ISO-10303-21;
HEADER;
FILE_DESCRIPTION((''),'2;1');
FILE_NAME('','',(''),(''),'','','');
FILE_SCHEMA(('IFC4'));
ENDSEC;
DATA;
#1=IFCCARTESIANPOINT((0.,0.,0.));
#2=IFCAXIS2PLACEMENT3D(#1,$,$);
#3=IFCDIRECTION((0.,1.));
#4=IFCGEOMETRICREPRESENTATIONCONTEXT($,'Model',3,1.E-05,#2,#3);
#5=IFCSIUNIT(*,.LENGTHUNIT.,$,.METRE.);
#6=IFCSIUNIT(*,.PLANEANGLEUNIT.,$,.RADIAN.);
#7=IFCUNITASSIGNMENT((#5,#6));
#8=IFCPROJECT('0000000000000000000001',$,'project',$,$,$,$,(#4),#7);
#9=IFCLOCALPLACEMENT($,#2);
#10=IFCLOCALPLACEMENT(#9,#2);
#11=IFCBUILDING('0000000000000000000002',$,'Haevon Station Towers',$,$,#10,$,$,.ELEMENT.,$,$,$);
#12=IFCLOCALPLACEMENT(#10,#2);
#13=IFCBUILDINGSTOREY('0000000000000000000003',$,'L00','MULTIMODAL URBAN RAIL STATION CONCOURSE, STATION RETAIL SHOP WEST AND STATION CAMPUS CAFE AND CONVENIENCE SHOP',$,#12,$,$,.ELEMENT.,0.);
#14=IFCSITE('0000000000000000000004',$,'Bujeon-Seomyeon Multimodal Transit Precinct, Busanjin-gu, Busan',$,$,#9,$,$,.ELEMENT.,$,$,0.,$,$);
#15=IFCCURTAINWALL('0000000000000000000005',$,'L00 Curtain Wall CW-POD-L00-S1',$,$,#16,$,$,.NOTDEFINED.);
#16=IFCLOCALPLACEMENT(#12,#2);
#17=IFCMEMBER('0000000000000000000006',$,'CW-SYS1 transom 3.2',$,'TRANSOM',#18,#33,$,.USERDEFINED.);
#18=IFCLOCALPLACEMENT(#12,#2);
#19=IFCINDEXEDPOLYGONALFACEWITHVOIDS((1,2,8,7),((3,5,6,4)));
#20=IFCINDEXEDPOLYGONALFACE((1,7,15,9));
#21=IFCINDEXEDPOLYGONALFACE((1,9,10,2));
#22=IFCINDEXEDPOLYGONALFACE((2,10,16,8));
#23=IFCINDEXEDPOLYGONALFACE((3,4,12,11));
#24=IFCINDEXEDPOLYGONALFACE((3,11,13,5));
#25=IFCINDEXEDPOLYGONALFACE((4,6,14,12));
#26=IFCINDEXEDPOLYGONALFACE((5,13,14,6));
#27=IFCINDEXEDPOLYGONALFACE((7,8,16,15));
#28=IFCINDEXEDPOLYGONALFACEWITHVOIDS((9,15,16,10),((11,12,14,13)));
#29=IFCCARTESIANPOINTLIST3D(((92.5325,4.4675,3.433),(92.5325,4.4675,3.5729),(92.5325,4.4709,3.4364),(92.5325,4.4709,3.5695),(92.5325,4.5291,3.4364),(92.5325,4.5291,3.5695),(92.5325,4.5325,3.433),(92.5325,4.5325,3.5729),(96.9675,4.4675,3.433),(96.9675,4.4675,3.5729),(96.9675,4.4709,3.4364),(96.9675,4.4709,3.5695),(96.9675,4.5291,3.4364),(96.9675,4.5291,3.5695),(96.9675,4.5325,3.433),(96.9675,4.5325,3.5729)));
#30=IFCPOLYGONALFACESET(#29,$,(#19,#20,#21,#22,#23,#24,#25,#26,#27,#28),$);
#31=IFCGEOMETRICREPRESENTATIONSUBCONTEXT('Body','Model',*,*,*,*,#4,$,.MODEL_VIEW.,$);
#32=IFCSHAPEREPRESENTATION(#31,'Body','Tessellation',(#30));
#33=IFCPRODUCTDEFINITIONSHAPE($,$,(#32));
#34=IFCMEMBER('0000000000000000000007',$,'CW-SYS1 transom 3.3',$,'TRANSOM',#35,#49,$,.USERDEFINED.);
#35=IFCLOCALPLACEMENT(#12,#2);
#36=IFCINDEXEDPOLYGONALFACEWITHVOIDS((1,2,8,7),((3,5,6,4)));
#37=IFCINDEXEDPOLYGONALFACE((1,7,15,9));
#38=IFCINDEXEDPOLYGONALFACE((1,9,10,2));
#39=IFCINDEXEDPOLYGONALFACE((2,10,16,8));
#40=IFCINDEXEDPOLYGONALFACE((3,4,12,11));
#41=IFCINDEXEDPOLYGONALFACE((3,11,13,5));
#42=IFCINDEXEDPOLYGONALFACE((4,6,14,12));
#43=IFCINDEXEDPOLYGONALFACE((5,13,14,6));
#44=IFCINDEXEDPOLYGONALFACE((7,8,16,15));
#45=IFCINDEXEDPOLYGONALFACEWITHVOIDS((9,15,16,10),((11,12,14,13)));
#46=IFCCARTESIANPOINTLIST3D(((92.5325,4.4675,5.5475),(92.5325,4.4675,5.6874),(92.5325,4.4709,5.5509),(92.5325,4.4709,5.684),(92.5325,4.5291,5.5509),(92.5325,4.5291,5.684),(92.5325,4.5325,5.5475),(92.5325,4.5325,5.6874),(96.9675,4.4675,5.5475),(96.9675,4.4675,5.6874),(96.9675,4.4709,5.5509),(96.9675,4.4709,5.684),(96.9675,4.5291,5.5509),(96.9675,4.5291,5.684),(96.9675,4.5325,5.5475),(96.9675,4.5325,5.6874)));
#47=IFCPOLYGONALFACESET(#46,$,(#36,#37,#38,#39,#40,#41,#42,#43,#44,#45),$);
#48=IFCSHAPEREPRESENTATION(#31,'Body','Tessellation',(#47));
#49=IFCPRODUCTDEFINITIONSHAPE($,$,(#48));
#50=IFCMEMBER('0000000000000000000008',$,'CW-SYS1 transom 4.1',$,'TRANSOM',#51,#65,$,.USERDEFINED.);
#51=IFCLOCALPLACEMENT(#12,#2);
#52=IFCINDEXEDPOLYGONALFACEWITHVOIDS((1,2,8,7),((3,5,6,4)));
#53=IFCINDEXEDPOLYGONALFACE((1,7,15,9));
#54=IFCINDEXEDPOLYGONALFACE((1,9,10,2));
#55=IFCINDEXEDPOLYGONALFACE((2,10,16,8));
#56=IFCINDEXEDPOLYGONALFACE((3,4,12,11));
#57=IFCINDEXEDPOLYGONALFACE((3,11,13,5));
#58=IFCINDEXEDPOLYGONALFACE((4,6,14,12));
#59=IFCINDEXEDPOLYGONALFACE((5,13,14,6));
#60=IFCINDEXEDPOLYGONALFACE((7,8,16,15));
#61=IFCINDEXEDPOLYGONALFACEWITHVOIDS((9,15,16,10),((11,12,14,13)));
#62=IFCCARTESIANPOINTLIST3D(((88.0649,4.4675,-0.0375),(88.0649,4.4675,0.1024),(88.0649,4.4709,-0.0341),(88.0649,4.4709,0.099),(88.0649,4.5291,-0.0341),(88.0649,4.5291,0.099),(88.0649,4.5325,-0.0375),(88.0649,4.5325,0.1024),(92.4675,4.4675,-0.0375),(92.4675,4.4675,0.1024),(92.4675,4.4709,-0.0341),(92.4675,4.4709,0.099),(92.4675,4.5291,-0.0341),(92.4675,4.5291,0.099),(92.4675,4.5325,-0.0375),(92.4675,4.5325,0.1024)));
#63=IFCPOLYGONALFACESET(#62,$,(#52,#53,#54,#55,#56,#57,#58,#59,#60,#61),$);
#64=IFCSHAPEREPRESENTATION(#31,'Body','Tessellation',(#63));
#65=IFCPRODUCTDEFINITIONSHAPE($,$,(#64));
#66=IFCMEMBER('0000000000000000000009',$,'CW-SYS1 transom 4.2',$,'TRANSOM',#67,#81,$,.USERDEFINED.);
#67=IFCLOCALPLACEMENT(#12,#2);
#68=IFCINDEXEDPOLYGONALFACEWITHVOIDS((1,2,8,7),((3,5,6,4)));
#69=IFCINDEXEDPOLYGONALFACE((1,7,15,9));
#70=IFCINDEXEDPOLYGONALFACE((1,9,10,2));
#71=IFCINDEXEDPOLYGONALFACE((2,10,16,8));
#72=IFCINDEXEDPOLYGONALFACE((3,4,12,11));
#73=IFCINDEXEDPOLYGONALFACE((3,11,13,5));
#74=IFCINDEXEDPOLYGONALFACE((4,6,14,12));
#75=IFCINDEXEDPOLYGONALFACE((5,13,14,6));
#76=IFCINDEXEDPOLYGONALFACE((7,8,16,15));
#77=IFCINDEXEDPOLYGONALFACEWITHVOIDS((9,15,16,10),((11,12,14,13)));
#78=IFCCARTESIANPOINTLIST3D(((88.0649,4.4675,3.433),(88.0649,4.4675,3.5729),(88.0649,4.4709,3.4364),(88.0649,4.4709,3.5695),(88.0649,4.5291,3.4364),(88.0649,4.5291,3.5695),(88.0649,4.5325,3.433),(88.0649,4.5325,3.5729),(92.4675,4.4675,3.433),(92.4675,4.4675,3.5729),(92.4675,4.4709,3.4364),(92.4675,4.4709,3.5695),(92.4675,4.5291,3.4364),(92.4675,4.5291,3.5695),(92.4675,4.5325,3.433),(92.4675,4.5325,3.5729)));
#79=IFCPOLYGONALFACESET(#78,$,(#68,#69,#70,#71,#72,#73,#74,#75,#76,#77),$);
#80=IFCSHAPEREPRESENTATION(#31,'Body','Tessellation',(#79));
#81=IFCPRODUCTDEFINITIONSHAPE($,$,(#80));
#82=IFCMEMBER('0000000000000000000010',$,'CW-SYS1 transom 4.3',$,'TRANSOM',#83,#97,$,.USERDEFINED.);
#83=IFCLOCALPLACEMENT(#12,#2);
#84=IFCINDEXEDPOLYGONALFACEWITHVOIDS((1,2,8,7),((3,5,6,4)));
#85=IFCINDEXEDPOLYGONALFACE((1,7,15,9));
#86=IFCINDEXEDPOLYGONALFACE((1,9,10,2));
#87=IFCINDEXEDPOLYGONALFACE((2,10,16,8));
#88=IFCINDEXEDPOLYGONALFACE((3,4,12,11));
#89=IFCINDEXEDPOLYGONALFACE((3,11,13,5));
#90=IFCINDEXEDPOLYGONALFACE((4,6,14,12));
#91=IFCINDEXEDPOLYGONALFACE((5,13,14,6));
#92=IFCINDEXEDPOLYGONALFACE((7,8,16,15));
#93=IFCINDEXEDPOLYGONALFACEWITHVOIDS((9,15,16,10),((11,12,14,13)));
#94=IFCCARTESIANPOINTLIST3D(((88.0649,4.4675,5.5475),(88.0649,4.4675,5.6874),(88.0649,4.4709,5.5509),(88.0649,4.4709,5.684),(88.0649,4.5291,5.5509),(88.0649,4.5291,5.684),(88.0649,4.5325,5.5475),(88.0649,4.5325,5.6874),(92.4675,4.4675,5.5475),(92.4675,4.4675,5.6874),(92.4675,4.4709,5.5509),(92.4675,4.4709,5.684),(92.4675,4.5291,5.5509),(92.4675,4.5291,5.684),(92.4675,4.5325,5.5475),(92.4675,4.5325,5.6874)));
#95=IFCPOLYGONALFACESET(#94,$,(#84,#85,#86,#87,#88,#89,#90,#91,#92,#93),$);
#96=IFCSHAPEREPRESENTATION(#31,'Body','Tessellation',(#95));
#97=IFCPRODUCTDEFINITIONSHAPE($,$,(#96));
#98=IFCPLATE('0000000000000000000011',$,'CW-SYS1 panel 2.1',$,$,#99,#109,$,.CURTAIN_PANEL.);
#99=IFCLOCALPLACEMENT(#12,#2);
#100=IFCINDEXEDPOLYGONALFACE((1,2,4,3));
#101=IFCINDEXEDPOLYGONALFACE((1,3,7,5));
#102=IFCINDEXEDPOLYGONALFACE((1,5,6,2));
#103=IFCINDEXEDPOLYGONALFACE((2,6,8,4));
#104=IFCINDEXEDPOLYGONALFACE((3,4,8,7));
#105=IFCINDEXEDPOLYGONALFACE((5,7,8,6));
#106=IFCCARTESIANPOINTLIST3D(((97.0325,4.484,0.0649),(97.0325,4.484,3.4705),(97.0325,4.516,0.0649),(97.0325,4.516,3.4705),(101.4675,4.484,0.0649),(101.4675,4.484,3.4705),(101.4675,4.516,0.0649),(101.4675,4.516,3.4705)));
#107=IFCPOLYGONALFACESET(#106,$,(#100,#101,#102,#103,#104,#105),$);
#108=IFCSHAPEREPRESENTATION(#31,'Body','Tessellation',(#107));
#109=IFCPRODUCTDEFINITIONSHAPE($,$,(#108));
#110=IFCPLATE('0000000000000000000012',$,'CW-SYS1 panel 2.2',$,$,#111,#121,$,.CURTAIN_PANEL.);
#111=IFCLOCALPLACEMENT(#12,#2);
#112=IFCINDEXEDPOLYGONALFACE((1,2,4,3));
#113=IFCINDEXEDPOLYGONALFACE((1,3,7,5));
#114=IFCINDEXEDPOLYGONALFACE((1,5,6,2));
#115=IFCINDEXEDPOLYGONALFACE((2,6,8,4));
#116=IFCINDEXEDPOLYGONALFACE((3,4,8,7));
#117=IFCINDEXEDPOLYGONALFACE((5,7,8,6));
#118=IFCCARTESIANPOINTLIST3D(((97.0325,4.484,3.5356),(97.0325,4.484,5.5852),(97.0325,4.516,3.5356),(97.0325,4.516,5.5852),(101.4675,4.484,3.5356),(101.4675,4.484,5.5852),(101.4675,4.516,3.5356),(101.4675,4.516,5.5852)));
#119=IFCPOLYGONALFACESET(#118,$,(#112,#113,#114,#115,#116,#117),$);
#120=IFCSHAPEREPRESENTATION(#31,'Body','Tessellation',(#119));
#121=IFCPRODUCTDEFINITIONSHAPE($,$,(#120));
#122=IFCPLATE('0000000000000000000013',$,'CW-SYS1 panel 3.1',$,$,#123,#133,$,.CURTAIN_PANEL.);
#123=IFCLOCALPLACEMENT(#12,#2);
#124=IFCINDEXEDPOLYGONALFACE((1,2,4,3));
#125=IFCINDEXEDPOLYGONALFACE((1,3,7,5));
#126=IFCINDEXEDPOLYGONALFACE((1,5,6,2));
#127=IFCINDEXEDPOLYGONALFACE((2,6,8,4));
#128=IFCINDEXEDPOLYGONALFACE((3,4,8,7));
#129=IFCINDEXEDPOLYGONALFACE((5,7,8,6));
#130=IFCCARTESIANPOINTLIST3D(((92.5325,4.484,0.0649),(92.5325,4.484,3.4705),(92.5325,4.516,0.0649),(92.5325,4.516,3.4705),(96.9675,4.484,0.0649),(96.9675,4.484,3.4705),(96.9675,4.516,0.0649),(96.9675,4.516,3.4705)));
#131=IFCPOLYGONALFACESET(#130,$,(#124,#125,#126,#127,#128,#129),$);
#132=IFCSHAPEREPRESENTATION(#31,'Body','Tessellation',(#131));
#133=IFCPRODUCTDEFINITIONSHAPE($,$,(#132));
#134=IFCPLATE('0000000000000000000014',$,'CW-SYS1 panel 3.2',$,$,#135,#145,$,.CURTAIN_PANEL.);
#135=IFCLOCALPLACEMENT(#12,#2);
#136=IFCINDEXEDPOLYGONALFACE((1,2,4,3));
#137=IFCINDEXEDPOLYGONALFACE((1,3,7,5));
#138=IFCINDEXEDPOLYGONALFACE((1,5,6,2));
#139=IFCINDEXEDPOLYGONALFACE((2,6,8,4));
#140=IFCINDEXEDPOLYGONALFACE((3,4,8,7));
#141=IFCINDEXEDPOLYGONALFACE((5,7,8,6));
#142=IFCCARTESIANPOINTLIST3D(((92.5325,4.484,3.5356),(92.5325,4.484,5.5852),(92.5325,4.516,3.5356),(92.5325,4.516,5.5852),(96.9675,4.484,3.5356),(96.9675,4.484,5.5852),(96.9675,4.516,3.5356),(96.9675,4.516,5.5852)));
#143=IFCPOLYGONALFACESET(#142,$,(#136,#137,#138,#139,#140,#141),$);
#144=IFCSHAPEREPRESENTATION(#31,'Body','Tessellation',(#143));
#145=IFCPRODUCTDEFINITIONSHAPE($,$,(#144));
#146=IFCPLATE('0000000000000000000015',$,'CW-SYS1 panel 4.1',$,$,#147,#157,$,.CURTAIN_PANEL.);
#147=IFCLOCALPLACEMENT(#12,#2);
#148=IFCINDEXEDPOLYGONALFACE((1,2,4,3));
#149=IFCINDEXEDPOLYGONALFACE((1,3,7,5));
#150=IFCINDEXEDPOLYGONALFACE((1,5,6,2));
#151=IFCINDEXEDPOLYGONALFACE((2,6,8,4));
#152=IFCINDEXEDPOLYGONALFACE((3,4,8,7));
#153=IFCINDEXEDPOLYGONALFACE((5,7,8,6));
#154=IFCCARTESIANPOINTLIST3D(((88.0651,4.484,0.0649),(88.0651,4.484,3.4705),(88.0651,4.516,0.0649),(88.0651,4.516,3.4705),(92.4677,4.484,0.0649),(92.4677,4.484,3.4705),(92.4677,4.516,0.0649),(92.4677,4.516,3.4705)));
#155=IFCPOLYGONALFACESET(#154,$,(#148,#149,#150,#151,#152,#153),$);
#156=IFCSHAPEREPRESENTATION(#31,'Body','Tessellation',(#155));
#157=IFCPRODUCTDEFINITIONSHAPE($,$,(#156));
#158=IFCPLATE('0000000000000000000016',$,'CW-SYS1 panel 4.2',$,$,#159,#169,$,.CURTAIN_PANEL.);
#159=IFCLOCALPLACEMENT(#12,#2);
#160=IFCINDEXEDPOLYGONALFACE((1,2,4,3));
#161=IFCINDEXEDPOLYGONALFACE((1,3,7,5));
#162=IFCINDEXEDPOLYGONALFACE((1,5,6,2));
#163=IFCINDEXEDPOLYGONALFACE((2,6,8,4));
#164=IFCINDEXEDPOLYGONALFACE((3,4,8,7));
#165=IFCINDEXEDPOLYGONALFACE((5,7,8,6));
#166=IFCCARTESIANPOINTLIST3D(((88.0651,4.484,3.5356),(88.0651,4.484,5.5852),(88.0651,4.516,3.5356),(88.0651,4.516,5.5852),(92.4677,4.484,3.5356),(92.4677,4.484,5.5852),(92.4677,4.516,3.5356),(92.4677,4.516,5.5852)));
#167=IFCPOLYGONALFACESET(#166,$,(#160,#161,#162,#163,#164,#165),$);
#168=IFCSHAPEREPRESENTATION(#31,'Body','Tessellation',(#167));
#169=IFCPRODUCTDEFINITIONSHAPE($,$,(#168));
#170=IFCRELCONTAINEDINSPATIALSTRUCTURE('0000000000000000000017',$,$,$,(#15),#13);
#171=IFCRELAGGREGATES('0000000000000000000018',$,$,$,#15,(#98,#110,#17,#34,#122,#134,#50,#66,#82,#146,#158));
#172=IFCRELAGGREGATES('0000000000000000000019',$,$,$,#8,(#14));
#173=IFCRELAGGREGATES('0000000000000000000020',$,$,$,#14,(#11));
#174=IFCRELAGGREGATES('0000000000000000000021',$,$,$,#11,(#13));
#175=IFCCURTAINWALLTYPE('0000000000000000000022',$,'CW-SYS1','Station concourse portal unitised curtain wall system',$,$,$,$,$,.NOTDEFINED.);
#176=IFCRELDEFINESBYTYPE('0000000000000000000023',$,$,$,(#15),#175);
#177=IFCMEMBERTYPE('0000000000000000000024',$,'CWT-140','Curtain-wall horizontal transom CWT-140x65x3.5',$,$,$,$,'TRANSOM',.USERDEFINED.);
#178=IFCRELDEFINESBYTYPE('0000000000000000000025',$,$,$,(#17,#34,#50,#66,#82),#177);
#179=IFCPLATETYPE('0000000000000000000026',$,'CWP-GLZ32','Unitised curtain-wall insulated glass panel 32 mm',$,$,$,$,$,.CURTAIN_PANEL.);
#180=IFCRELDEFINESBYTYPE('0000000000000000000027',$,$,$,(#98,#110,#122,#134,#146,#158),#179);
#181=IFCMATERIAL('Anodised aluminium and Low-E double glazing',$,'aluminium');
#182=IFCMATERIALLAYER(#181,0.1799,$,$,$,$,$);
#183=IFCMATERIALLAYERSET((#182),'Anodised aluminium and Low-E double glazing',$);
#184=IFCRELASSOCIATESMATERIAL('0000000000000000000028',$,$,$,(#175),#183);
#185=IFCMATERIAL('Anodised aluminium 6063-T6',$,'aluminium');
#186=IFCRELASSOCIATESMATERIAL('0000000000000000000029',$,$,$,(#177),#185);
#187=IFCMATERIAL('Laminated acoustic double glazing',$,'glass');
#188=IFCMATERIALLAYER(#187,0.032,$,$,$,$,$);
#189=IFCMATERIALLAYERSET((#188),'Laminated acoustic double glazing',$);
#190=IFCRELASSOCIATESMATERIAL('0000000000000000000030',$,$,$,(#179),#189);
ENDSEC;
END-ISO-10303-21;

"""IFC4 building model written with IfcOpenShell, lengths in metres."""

from ifc_helpers import new_model, si_unit, direction, frame, origin, origin_2d, place, context, subcontext, project, spatial, rectangle, hollow_rectangle, extrude, material, layer, layer_set, material_profile, profile_set, type_object, element, aggregate, save


model = new_model("IFC4")

# Units and contexts
model_context = context("Model", 3, precision=1e-05, world=origin(), true_north=direction((0.0, 1.0)))
body_context = subcontext(model_context, "Body", "Model", "MODEL_VIEW")
ifc_project = project(units=[si_unit("LENGTHUNIT", "METRE"), si_unit("PLANEANGLEUNIT", "RADIAN")], contexts=[model_context])

# Site, building, storey
site_placement = place(None, origin())
site = spatial("IfcSite", under=ifc_project, at=site_placement, Name="Bujeon-Seomyeon Multimodal Transit Precinct, Busanjin-gu, Busan", CompositionType="ELEMENT", RefElevation=0.0)
building_placement = place(site_placement, origin())
building = spatial("IfcBuilding", under=site, at=building_placement, Name="Haevon Station Towers", CompositionType="ELEMENT")
storey_placement = place(building_placement, origin())
storey = spatial("IfcBuildingStorey", under=building, at=storey_placement, Name="L00", Description="MULTIMODAL URBAN RAIL STATION CONCOURSE, STATION RETAIL SHOP WEST AND STATION CAMPUS CAFE AND CONVENIENCE SHOP", CompositionType="ELEMENT", Elevation=0.0)

# Curtain wall, members, plates
ifc_material_1 = material(Name="Anodised aluminium and Low-E double glazing", Category="aluminium")
ifc_layer_1 = layer(ifc_material_1, 0.1799)
ifc_layer_set_1 = layer_set([ifc_layer_1], Name="Anodised aluminium and Low-E double glazing")
curtain_wall_type = type_object("IfcCurtainWallType", Name="CW-SYS1", Description="Station concourse portal unitised curtain wall system", PredefinedType="NOTDEFINED", material=ifc_layer_set_1)
curtain_wall_placement = place(storey_placement, origin())
curtain_wall = element("IfcCurtainWall", 1, at=curtain_wall_placement, inside=storey, type_object=curtain_wall_type, Name="L00 Curtain Wall CW-POD-L00-S1", PredefinedType="NOTDEFINED")
ifc_material_2 = material(Name="Anodised aluminium 6063-T6", Category="aluminium")
ifc_material_profile_1 = material_profile(ifc_material_2, hollow_rectangle(XDim=0.0649, YDim=0.1399, WallThickness=0.0034, at=origin_2d()), Name="CWT-140x65x3.5")
ifc_profile_set_1 = profile_set([ifc_material_profile_1], Name="Anodised aluminium 6063-T6")
member_type_1 = type_object("IfcMemberType", Name="CWT-140", Description="Curtain-wall horizontal transom CWT-140x65x3.5", ElementType="TRANSOM", PredefinedType="USERDEFINED", material=ifc_profile_set_1)
member_1_placement = place(storey_placement, frame((96.9675, 4.5, 3.5029), z_axis=(-1.0, 0.0, 0.0), x_axis=(0.0, -1.0, 0.0)))
member_1 = element("IfcMember", 2, at=member_1_placement, type_object=member_type_1, Name="CW-SYS1 transom 3.2", ObjectType="TRANSOM", PredefinedType="USERDEFINED", context=body_context, shape_type="SweptSolid", body=[
    extrude(hollow_rectangle(XDim=0.0649, YDim=0.1399, WallThickness=0.0034, at=origin_2d()), origin(), (0.0, 0.0, 1.0), 4.4351),
])
member_2_placement = place(storey_placement, frame((96.9675, 4.5, 5.6174), z_axis=(-1.0, 0.0, 0.0), x_axis=(0.0, -1.0, 0.0)))
member_2 = element("IfcMember", 3, at=member_2_placement, type_object=member_type_1, Name="CW-SYS1 transom 3.3", ObjectType="TRANSOM", PredefinedType="USERDEFINED", context=body_context, shape_type="SweptSolid", body=[
    extrude(hollow_rectangle(XDim=0.0649, YDim=0.1399, WallThickness=0.0034, at=origin_2d()), origin(), (0.0, 0.0, 1.0), 4.4351),
])
member_3_placement = place(storey_placement, frame((92.4675, 4.5, 0.0325), z_axis=(-1.0, 0.0, 0.0), x_axis=(0.0, -1.0, 0.0)))
member_3 = element("IfcMember", 4, at=member_3_placement, type_object=member_type_1, Name="CW-SYS1 transom 4.1", ObjectType="TRANSOM", PredefinedType="USERDEFINED", context=body_context, shape_type="SweptSolid", body=[
    extrude(hollow_rectangle(XDim=0.0649, YDim=0.1399, WallThickness=0.0034, at=origin_2d()), origin(), (0.0, 0.0, 1.0), 4.4026),
])
member_4_placement = place(storey_placement, frame((92.4675, 4.5, 3.5029), z_axis=(-1.0, 0.0, 0.0), x_axis=(0.0, -1.0, 0.0)))
member_4 = element("IfcMember", 5, at=member_4_placement, type_object=member_type_1, Name="CW-SYS1 transom 4.2", ObjectType="TRANSOM", PredefinedType="USERDEFINED", context=body_context, shape_type="SweptSolid", body=[
    extrude(hollow_rectangle(XDim=0.0649, YDim=0.1399, WallThickness=0.0034, at=origin_2d()), origin(), (0.0, 0.0, 1.0), 4.4026),
])
member_5_placement = place(storey_placement, frame((92.4675, 4.5, 5.6174), z_axis=(-1.0, 0.0, 0.0), x_axis=(0.0, -1.0, 0.0)))
member_5 = element("IfcMember", 6, at=member_5_placement, type_object=member_type_1, Name="CW-SYS1 transom 4.3", ObjectType="TRANSOM", PredefinedType="USERDEFINED", context=body_context, shape_type="SweptSolid", body=[
    extrude(hollow_rectangle(XDim=0.0649, YDim=0.1399, WallThickness=0.0034, at=origin_2d()), origin(), (0.0, 0.0, 1.0), 4.4026),
])
ifc_material_3 = material(Name="Laminated acoustic double glazing", Category="glass")
ifc_layer_2 = layer(ifc_material_3, 0.032)
ifc_layer_set_2 = layer_set([ifc_layer_2], Name="Laminated acoustic double glazing")
plate_type = type_object("IfcPlateType", Name="CWP-GLZ32", Description="Unitised curtain-wall insulated glass panel 32 mm", PredefinedType="CURTAIN_PANEL", material=ifc_layer_set_2)
plate_1_placement = place(storey_placement, frame((99.25, 4.5, 0.0649), z_axis=(0.0, 0.0, 1.0), x_axis=(-1.0, 0.0, 0.0)))
plate_1 = element("IfcPlate", 7, at=plate_1_placement, type_object=plate_type, Name="CW-SYS1 panel 2.1", PredefinedType="CURTAIN_PANEL", context=body_context, shape_type="SweptSolid", body=[
    extrude(rectangle(XDim=4.4351, YDim=0.032, at=origin_2d()), origin(), (0.0, 0.0, 1.0), 3.4055),
])
plate_2_placement = place(storey_placement, frame((99.25, 4.5, 3.5356), z_axis=(0.0, 0.0, 1.0), x_axis=(-1.0, 0.0, 0.0)))
plate_2 = element("IfcPlate", 8, at=plate_2_placement, type_object=plate_type, Name="CW-SYS1 panel 2.2", PredefinedType="CURTAIN_PANEL", context=body_context, shape_type="SweptSolid", body=[
    extrude(rectangle(XDim=4.4351, YDim=0.032, at=origin_2d()), origin(), (0.0, 0.0, 1.0), 2.0496),
])
plate_3_placement = place(storey_placement, frame((94.75, 4.5, 0.0649), z_axis=(0.0, 0.0, 1.0), x_axis=(-1.0, 0.0, 0.0)))
plate_3 = element("IfcPlate", 9, at=plate_3_placement, type_object=plate_type, Name="CW-SYS1 panel 3.1", PredefinedType="CURTAIN_PANEL", context=body_context, shape_type="SweptSolid", body=[
    extrude(rectangle(XDim=4.4351, YDim=0.032, at=origin_2d()), origin(), (0.0, 0.0, 1.0), 3.4055),
])
plate_4_placement = place(storey_placement, frame((94.75, 4.5, 3.5356), z_axis=(0.0, 0.0, 1.0), x_axis=(-1.0, 0.0, 0.0)))
plate_4 = element("IfcPlate", 10, at=plate_4_placement, type_object=plate_type, Name="CW-SYS1 panel 3.2", PredefinedType="CURTAIN_PANEL", context=body_context, shape_type="SweptSolid", body=[
    extrude(rectangle(XDim=4.4351, YDim=0.032, at=origin_2d()), origin(), (0.0, 0.0, 1.0), 2.0496),
])
plate_5_placement = place(storey_placement, frame((90.2664, 4.5, 0.0649), z_axis=(0.0, 0.0, 1.0), x_axis=(-1.0, 0.0, 0.0)))
plate_5 = element("IfcPlate", 11, at=plate_5_placement, type_object=plate_type, Name="CW-SYS1 panel 4.1", PredefinedType="CURTAIN_PANEL", context=body_context, shape_type="SweptSolid", body=[
    extrude(rectangle(XDim=4.4026, YDim=0.032, at=origin_2d()), origin(), (0.0, 0.0, 1.0), 3.4055),
])
plate_6_placement = place(storey_placement, frame((90.2664, 4.5, 3.5356), z_axis=(0.0, 0.0, 1.0), x_axis=(-1.0, 0.0, 0.0)))
plate_6 = element("IfcPlate", 12, at=plate_6_placement, type_object=plate_type, Name="CW-SYS1 panel 4.2", PredefinedType="CURTAIN_PANEL", context=body_context, shape_type="SweptSolid", body=[
    extrude(rectangle(XDim=4.4026, YDim=0.032, at=origin_2d()), origin(), (0.0, 0.0, 1.0), 2.0496),
])
aggregate(curtain_wall, [plate_1, plate_2, member_1, member_2, plate_3, plate_4, member_3, member_4, member_5, plate_5, plate_6])

save(model, "model.ifc")
